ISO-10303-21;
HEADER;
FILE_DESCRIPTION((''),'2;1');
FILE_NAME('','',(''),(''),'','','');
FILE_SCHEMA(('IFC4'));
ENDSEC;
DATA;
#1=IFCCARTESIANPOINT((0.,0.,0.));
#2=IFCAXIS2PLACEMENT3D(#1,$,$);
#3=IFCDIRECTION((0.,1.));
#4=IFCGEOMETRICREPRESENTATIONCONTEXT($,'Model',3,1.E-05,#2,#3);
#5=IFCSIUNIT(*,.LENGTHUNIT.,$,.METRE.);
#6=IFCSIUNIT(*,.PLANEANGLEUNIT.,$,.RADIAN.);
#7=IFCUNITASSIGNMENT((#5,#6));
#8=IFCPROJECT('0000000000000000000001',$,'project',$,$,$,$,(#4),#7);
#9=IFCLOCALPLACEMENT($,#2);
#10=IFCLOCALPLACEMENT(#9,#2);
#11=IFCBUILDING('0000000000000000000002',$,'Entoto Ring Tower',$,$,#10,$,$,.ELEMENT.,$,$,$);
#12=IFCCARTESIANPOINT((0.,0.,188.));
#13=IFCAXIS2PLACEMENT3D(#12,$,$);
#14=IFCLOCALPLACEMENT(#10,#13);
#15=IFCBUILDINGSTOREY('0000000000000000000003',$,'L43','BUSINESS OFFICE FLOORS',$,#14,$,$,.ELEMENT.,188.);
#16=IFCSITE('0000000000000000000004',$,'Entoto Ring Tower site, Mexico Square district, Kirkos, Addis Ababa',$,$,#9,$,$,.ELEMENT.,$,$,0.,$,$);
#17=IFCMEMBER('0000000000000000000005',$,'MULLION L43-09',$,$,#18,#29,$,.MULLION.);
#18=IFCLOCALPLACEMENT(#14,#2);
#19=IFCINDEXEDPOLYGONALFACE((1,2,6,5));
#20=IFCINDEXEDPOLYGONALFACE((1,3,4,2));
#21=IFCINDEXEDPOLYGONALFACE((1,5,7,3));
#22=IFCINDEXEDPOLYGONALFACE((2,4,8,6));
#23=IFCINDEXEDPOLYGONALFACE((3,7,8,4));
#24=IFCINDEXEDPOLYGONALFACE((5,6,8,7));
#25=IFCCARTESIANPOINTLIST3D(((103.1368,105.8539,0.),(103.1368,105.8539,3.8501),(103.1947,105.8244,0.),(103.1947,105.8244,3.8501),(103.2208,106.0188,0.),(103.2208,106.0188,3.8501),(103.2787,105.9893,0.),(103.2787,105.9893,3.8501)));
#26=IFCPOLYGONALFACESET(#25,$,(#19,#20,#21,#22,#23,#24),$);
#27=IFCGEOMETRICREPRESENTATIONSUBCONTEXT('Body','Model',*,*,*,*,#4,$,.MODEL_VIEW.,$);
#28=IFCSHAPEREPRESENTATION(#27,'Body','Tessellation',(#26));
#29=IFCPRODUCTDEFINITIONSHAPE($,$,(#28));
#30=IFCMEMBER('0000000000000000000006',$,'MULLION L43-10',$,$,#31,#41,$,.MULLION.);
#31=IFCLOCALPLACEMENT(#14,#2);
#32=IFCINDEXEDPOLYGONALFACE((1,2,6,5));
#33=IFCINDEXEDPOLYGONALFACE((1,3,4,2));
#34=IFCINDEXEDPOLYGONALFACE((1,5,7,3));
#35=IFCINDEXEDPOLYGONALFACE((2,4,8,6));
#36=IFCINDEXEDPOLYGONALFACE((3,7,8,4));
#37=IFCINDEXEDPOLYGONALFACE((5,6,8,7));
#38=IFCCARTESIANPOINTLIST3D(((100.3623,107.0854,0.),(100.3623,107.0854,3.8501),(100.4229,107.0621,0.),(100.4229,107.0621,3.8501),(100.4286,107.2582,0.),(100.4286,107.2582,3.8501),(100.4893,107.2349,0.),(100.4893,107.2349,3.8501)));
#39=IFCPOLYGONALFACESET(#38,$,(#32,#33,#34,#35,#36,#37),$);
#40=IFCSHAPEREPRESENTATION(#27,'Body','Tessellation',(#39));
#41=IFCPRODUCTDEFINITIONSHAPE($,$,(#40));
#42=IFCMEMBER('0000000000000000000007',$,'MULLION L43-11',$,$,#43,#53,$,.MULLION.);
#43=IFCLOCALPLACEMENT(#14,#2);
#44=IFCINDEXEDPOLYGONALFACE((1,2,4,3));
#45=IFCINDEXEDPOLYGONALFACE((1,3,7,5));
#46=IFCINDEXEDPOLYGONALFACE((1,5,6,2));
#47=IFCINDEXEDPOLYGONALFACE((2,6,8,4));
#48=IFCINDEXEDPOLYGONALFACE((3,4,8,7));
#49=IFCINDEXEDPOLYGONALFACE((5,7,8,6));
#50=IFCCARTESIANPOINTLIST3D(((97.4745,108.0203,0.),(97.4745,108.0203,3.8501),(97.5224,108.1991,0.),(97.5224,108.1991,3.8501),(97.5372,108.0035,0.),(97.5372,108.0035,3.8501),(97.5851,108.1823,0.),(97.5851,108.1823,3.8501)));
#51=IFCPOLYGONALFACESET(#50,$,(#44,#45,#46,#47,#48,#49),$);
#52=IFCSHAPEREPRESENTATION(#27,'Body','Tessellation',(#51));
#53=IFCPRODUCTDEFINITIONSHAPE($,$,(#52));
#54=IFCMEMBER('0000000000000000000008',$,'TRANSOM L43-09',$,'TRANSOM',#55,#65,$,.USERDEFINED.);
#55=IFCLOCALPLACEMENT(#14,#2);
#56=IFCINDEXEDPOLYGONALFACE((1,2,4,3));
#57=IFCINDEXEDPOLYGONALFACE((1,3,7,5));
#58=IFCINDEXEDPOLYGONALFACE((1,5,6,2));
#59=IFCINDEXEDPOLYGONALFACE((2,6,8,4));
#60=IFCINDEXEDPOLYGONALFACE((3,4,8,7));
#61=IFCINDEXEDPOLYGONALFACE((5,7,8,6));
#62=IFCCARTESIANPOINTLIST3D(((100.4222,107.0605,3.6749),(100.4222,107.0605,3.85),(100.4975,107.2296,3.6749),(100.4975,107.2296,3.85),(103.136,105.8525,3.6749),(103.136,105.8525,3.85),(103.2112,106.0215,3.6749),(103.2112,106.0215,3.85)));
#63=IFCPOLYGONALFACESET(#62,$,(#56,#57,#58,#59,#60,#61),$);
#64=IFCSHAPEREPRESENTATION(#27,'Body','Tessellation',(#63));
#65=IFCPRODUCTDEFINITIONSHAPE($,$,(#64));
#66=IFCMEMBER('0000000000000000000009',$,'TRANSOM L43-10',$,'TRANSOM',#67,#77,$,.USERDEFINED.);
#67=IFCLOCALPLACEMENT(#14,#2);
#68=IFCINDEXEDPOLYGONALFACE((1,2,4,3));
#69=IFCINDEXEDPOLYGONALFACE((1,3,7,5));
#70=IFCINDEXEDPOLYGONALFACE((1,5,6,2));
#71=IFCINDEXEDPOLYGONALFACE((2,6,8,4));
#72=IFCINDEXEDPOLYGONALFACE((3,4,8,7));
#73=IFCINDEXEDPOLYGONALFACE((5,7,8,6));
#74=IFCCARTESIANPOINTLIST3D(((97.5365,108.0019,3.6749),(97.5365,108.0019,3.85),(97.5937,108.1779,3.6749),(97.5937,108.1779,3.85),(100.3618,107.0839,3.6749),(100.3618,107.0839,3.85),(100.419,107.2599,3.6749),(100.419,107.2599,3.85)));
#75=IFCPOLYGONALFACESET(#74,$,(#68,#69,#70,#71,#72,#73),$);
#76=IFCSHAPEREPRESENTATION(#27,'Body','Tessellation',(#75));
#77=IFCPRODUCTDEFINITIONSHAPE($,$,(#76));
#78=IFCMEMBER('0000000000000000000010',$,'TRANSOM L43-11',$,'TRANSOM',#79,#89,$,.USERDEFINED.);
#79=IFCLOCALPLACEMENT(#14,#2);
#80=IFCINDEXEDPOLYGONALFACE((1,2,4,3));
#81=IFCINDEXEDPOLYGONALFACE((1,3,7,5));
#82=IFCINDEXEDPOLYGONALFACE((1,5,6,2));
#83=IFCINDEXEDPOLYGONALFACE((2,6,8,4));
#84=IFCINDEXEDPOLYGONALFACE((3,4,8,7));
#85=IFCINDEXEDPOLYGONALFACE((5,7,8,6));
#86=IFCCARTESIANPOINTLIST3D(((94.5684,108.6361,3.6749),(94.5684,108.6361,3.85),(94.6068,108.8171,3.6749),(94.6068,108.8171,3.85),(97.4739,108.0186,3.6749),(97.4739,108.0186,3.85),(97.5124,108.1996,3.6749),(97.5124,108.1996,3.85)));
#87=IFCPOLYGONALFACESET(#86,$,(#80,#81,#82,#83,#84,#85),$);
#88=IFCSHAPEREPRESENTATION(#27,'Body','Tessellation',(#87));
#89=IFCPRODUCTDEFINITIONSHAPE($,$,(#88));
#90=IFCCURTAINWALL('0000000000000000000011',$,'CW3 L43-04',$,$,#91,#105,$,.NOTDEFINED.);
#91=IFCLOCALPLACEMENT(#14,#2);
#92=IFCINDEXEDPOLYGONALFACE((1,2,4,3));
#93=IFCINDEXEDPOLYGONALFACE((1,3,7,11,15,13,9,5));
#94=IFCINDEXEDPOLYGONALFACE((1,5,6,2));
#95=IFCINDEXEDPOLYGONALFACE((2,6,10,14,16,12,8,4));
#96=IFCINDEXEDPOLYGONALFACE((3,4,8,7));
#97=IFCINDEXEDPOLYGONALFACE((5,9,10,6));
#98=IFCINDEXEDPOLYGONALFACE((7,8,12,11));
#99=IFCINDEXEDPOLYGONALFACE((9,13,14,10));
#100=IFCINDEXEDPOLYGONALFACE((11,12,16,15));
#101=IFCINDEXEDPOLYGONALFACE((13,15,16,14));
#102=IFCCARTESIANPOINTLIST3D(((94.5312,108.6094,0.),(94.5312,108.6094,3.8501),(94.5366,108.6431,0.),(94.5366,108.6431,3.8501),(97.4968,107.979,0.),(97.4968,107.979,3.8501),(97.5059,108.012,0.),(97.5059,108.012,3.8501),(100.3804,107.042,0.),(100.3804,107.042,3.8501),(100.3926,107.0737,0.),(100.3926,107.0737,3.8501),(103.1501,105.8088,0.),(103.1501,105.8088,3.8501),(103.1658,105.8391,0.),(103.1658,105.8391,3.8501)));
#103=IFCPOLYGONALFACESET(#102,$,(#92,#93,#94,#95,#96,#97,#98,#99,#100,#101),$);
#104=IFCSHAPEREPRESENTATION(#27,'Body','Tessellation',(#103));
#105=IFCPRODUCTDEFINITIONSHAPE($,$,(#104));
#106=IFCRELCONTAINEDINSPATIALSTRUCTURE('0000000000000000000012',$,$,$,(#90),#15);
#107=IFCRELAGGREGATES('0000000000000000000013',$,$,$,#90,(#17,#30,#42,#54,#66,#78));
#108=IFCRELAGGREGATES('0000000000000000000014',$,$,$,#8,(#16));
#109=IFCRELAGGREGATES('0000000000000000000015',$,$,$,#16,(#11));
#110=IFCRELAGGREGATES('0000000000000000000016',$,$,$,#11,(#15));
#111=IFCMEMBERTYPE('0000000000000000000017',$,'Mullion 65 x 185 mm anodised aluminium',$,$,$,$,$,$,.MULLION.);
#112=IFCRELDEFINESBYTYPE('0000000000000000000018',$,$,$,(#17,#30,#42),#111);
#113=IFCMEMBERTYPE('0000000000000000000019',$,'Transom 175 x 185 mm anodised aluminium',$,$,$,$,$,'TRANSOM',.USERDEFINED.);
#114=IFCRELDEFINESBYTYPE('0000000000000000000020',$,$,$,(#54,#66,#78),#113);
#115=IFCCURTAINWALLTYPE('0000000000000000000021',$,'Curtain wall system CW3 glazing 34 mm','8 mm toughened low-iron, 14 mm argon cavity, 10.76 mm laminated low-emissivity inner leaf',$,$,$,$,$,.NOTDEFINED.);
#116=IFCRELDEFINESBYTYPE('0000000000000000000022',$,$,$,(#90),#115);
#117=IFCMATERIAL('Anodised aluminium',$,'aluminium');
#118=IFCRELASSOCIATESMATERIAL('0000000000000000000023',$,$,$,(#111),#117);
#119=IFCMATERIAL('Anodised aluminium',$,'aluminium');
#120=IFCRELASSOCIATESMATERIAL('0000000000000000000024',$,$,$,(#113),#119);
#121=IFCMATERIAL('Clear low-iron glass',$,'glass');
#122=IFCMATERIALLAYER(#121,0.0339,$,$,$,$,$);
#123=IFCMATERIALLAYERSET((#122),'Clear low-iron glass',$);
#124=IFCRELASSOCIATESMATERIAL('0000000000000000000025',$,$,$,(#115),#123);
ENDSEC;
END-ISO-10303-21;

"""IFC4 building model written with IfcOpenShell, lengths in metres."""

from ifc_helpers import new_model, si_unit, direction, frame, origin, origin_2d, place, context, subcontext, project, spatial, polyline, rectangle, outline, extrude, material, layer, layer_set, material_profile, profile_set, type_object, element, aggregate, save


model = new_model("IFC4")

# Units and contexts
model_context = context("Model", 3, precision=1e-05, world=origin(), true_north=direction((0.0, 1.0)))
body_context = subcontext(model_context, "Body", "Model", "MODEL_VIEW")
ifc_project = project(units=[si_unit("LENGTHUNIT", "METRE"), si_unit("PLANEANGLEUNIT", "RADIAN")], contexts=[model_context])

# Members
ifc_material_1 = material(Name="Anodised aluminium", Category="aluminium")
ifc_material_profile_1 = material_profile(ifc_material_1, rectangle(XDim=0.0649, YDim=0.1851, at=origin_2d()), Name="Mullion 65 x 185 mm anodised aluminium")
ifc_profile_set_1 = profile_set([ifc_material_profile_1], Name="Anodised aluminium")
member_type_1 = type_object("IfcMemberType", Name="Mullion 65 x 185 mm anodised aluminium", PredefinedType="MULLION", material=ifc_profile_set_1)
site_placement = place(None, origin())
building_placement = place(site_placement, origin())
storey_placement = place(building_placement, frame((0.0, 0.0, 188.0)))
member_1_placement = place(storey_placement, frame((103.2078, 105.9216, 0.0), z_axis=(0.0, 0.0, 1.0), x_axis=(-0.891007, 0.45399, 0.0)))
member_1 = element("IfcMember", 1, at=member_1_placement, type_object=member_type_1, Name="MULLION L43-09", PredefinedType="MULLION", context=body_context, shape_type="SweptSolid", body=[
    extrude(rectangle(XDim=0.0649, YDim=0.1851, at=origin_2d()), origin(), (0.0, 0.0, 1.0), 3.8501),
])
member_2_placement = place(storey_placement, frame((100.4258, 107.1602, 0.0), z_axis=(0.0, 0.0, 1.0), x_axis=(-0.93358, 0.358368, 0.0)))
member_2 = element("IfcMember", 2, at=member_2_placement, type_object=member_type_1, Name="MULLION L43-10", PredefinedType="MULLION", context=body_context, shape_type="SweptSolid", body=[
    extrude(rectangle(XDim=0.0649, YDim=0.1851, at=origin_2d()), origin(), (0.0, 0.0, 1.0), 3.8501),
])
member_3_placement = place(storey_placement, frame((97.5298, 108.1013, 0.0), z_axis=(0.0, 0.0, 1.0), x_axis=(-0.965926, 0.258819, 0.0)))
member_3 = element("IfcMember", 3, at=member_3_placement, type_object=member_type_1, Name="MULLION L43-11", PredefinedType="MULLION", context=body_context, shape_type="SweptSolid", body=[
    extrude(rectangle(XDim=0.0649, YDim=0.1851, at=origin_2d()), origin(), (0.0, 0.0, 1.0), 3.8501),
])
ifc_material_2 = material(Name="Anodised aluminium", Category="aluminium")
ifc_material_profile_2 = material_profile(ifc_material_2, rectangle(XDim=0.1851, YDim=0.175, at=origin_2d()), Name="Transom 175 x 185 mm anodised aluminium")
ifc_profile_set_2 = profile_set([ifc_material_profile_2], Name="Anodised aluminium")
member_type_2 = type_object("IfcMemberType", Name="Transom 175 x 185 mm anodised aluminium", ElementType="TRANSOM", PredefinedType="USERDEFINED", material=ifc_profile_set_2)
member_4_placement = place(storey_placement, frame((103.1736, 105.937, 3.7625), z_axis=(-0.913567, 0.406687, 0.0), x_axis=(-0.406687, -0.913567, 0.0)))
member_4 = element("IfcMember", 4, at=member_4_placement, type_object=member_type_2, Name="TRANSOM L43-09", ObjectType="TRANSOM", PredefinedType="USERDEFINED", context=body_context, shape_type="SweptSolid", body=[
    extrude(rectangle(XDim=0.1851, YDim=0.175, at=origin_2d()), origin(), (0.0, 0.0, 1.0), 2.9705),
])
member_5_placement = place(storey_placement, frame((100.3904, 107.1719, 3.7625), z_axis=(-0.951056, 0.309019, 0.0), x_axis=(-0.309019, -0.951056, 0.0)))
member_5 = element("IfcMember", 5, at=member_5_placement, type_object=member_type_2, Name="TRANSOM L43-10", ObjectType="TRANSOM", PredefinedType="USERDEFINED", context=body_context, shape_type="SweptSolid", body=[
    extrude(rectangle(XDim=0.1851, YDim=0.175, at=origin_2d()), origin(), (0.0, 0.0, 1.0), 2.9707),
])
member_6_placement = place(storey_placement, frame((97.4932, 108.1091, 3.7625), z_axis=(-0.978158, 0.207862, 0.0), x_axis=(-0.207862, -0.978158, 0.0)))
member_6 = element("IfcMember", 6, at=member_6_placement, type_object=member_type_2, Name="TRANSOM L43-11", ObjectType="TRANSOM", PredefinedType="USERDEFINED", context=body_context, shape_type="SweptSolid", body=[
    extrude(rectangle(XDim=0.1851, YDim=0.175, at=origin_2d()), origin(), (0.0, 0.0, 1.0), 2.9705),
])

# Site, building, storey
site = spatial("IfcSite", under=ifc_project, at=site_placement, Name="Entoto Ring Tower site, Mexico Square district, Kirkos, Addis Ababa", CompositionType="ELEMENT", RefElevation=0.0)
building = spatial("IfcBuilding", under=site, at=building_placement, Name="Entoto Ring Tower", CompositionType="ELEMENT")
storey = spatial("IfcBuildingStorey", under=building, at=storey_placement, Name="L43", Description="BUSINESS OFFICE FLOORS", CompositionType="ELEMENT", Elevation=188.0)

# Curtain wall
ifc_material_3 = material(Name="Clear low-iron glass", Category="glass")
ifc_layer = layer(ifc_material_3, 0.0339)
ifc_layer_set = layer_set([ifc_layer], Name="Clear low-iron glass")
curtain_wall_type = type_object("IfcCurtainWallType", Name="Curtain wall system CW3 glazing 34 mm", Description="8 mm toughened low-iron, 14 mm argon cavity, 10.76 mm laminated low-emissivity inner leaf", PredefinedType="NOTDEFINED", material=ifc_layer_set)
curtain_wall_1_placement = place(storey_placement, origin())
curtain_wall_1 = element("IfcCurtainWall", 7, at=curtain_wall_1_placement, inside=storey, type_object=curtain_wall_type, Name="CW3 L43-04", PredefinedType="NOTDEFINED", context=body_context, shape_type="SweptSolid", body=[
    extrude(outline(polyline([(103.1658, 105.8391), (100.3926, 107.0737), (97.5059, 108.012), (94.5366, 108.6431), (94.5312, 108.6094), (97.4968, 107.979), (100.3804, 107.042), (103.1501, 105.8088), (103.1658, 105.8391)])), origin(), (0.0, 0.0, 1.0), 3.8501),
])
aggregate(curtain_wall_1, [member_1, member_2, member_3, member_4, member_5, member_6])

save(model, "model.ifc")
